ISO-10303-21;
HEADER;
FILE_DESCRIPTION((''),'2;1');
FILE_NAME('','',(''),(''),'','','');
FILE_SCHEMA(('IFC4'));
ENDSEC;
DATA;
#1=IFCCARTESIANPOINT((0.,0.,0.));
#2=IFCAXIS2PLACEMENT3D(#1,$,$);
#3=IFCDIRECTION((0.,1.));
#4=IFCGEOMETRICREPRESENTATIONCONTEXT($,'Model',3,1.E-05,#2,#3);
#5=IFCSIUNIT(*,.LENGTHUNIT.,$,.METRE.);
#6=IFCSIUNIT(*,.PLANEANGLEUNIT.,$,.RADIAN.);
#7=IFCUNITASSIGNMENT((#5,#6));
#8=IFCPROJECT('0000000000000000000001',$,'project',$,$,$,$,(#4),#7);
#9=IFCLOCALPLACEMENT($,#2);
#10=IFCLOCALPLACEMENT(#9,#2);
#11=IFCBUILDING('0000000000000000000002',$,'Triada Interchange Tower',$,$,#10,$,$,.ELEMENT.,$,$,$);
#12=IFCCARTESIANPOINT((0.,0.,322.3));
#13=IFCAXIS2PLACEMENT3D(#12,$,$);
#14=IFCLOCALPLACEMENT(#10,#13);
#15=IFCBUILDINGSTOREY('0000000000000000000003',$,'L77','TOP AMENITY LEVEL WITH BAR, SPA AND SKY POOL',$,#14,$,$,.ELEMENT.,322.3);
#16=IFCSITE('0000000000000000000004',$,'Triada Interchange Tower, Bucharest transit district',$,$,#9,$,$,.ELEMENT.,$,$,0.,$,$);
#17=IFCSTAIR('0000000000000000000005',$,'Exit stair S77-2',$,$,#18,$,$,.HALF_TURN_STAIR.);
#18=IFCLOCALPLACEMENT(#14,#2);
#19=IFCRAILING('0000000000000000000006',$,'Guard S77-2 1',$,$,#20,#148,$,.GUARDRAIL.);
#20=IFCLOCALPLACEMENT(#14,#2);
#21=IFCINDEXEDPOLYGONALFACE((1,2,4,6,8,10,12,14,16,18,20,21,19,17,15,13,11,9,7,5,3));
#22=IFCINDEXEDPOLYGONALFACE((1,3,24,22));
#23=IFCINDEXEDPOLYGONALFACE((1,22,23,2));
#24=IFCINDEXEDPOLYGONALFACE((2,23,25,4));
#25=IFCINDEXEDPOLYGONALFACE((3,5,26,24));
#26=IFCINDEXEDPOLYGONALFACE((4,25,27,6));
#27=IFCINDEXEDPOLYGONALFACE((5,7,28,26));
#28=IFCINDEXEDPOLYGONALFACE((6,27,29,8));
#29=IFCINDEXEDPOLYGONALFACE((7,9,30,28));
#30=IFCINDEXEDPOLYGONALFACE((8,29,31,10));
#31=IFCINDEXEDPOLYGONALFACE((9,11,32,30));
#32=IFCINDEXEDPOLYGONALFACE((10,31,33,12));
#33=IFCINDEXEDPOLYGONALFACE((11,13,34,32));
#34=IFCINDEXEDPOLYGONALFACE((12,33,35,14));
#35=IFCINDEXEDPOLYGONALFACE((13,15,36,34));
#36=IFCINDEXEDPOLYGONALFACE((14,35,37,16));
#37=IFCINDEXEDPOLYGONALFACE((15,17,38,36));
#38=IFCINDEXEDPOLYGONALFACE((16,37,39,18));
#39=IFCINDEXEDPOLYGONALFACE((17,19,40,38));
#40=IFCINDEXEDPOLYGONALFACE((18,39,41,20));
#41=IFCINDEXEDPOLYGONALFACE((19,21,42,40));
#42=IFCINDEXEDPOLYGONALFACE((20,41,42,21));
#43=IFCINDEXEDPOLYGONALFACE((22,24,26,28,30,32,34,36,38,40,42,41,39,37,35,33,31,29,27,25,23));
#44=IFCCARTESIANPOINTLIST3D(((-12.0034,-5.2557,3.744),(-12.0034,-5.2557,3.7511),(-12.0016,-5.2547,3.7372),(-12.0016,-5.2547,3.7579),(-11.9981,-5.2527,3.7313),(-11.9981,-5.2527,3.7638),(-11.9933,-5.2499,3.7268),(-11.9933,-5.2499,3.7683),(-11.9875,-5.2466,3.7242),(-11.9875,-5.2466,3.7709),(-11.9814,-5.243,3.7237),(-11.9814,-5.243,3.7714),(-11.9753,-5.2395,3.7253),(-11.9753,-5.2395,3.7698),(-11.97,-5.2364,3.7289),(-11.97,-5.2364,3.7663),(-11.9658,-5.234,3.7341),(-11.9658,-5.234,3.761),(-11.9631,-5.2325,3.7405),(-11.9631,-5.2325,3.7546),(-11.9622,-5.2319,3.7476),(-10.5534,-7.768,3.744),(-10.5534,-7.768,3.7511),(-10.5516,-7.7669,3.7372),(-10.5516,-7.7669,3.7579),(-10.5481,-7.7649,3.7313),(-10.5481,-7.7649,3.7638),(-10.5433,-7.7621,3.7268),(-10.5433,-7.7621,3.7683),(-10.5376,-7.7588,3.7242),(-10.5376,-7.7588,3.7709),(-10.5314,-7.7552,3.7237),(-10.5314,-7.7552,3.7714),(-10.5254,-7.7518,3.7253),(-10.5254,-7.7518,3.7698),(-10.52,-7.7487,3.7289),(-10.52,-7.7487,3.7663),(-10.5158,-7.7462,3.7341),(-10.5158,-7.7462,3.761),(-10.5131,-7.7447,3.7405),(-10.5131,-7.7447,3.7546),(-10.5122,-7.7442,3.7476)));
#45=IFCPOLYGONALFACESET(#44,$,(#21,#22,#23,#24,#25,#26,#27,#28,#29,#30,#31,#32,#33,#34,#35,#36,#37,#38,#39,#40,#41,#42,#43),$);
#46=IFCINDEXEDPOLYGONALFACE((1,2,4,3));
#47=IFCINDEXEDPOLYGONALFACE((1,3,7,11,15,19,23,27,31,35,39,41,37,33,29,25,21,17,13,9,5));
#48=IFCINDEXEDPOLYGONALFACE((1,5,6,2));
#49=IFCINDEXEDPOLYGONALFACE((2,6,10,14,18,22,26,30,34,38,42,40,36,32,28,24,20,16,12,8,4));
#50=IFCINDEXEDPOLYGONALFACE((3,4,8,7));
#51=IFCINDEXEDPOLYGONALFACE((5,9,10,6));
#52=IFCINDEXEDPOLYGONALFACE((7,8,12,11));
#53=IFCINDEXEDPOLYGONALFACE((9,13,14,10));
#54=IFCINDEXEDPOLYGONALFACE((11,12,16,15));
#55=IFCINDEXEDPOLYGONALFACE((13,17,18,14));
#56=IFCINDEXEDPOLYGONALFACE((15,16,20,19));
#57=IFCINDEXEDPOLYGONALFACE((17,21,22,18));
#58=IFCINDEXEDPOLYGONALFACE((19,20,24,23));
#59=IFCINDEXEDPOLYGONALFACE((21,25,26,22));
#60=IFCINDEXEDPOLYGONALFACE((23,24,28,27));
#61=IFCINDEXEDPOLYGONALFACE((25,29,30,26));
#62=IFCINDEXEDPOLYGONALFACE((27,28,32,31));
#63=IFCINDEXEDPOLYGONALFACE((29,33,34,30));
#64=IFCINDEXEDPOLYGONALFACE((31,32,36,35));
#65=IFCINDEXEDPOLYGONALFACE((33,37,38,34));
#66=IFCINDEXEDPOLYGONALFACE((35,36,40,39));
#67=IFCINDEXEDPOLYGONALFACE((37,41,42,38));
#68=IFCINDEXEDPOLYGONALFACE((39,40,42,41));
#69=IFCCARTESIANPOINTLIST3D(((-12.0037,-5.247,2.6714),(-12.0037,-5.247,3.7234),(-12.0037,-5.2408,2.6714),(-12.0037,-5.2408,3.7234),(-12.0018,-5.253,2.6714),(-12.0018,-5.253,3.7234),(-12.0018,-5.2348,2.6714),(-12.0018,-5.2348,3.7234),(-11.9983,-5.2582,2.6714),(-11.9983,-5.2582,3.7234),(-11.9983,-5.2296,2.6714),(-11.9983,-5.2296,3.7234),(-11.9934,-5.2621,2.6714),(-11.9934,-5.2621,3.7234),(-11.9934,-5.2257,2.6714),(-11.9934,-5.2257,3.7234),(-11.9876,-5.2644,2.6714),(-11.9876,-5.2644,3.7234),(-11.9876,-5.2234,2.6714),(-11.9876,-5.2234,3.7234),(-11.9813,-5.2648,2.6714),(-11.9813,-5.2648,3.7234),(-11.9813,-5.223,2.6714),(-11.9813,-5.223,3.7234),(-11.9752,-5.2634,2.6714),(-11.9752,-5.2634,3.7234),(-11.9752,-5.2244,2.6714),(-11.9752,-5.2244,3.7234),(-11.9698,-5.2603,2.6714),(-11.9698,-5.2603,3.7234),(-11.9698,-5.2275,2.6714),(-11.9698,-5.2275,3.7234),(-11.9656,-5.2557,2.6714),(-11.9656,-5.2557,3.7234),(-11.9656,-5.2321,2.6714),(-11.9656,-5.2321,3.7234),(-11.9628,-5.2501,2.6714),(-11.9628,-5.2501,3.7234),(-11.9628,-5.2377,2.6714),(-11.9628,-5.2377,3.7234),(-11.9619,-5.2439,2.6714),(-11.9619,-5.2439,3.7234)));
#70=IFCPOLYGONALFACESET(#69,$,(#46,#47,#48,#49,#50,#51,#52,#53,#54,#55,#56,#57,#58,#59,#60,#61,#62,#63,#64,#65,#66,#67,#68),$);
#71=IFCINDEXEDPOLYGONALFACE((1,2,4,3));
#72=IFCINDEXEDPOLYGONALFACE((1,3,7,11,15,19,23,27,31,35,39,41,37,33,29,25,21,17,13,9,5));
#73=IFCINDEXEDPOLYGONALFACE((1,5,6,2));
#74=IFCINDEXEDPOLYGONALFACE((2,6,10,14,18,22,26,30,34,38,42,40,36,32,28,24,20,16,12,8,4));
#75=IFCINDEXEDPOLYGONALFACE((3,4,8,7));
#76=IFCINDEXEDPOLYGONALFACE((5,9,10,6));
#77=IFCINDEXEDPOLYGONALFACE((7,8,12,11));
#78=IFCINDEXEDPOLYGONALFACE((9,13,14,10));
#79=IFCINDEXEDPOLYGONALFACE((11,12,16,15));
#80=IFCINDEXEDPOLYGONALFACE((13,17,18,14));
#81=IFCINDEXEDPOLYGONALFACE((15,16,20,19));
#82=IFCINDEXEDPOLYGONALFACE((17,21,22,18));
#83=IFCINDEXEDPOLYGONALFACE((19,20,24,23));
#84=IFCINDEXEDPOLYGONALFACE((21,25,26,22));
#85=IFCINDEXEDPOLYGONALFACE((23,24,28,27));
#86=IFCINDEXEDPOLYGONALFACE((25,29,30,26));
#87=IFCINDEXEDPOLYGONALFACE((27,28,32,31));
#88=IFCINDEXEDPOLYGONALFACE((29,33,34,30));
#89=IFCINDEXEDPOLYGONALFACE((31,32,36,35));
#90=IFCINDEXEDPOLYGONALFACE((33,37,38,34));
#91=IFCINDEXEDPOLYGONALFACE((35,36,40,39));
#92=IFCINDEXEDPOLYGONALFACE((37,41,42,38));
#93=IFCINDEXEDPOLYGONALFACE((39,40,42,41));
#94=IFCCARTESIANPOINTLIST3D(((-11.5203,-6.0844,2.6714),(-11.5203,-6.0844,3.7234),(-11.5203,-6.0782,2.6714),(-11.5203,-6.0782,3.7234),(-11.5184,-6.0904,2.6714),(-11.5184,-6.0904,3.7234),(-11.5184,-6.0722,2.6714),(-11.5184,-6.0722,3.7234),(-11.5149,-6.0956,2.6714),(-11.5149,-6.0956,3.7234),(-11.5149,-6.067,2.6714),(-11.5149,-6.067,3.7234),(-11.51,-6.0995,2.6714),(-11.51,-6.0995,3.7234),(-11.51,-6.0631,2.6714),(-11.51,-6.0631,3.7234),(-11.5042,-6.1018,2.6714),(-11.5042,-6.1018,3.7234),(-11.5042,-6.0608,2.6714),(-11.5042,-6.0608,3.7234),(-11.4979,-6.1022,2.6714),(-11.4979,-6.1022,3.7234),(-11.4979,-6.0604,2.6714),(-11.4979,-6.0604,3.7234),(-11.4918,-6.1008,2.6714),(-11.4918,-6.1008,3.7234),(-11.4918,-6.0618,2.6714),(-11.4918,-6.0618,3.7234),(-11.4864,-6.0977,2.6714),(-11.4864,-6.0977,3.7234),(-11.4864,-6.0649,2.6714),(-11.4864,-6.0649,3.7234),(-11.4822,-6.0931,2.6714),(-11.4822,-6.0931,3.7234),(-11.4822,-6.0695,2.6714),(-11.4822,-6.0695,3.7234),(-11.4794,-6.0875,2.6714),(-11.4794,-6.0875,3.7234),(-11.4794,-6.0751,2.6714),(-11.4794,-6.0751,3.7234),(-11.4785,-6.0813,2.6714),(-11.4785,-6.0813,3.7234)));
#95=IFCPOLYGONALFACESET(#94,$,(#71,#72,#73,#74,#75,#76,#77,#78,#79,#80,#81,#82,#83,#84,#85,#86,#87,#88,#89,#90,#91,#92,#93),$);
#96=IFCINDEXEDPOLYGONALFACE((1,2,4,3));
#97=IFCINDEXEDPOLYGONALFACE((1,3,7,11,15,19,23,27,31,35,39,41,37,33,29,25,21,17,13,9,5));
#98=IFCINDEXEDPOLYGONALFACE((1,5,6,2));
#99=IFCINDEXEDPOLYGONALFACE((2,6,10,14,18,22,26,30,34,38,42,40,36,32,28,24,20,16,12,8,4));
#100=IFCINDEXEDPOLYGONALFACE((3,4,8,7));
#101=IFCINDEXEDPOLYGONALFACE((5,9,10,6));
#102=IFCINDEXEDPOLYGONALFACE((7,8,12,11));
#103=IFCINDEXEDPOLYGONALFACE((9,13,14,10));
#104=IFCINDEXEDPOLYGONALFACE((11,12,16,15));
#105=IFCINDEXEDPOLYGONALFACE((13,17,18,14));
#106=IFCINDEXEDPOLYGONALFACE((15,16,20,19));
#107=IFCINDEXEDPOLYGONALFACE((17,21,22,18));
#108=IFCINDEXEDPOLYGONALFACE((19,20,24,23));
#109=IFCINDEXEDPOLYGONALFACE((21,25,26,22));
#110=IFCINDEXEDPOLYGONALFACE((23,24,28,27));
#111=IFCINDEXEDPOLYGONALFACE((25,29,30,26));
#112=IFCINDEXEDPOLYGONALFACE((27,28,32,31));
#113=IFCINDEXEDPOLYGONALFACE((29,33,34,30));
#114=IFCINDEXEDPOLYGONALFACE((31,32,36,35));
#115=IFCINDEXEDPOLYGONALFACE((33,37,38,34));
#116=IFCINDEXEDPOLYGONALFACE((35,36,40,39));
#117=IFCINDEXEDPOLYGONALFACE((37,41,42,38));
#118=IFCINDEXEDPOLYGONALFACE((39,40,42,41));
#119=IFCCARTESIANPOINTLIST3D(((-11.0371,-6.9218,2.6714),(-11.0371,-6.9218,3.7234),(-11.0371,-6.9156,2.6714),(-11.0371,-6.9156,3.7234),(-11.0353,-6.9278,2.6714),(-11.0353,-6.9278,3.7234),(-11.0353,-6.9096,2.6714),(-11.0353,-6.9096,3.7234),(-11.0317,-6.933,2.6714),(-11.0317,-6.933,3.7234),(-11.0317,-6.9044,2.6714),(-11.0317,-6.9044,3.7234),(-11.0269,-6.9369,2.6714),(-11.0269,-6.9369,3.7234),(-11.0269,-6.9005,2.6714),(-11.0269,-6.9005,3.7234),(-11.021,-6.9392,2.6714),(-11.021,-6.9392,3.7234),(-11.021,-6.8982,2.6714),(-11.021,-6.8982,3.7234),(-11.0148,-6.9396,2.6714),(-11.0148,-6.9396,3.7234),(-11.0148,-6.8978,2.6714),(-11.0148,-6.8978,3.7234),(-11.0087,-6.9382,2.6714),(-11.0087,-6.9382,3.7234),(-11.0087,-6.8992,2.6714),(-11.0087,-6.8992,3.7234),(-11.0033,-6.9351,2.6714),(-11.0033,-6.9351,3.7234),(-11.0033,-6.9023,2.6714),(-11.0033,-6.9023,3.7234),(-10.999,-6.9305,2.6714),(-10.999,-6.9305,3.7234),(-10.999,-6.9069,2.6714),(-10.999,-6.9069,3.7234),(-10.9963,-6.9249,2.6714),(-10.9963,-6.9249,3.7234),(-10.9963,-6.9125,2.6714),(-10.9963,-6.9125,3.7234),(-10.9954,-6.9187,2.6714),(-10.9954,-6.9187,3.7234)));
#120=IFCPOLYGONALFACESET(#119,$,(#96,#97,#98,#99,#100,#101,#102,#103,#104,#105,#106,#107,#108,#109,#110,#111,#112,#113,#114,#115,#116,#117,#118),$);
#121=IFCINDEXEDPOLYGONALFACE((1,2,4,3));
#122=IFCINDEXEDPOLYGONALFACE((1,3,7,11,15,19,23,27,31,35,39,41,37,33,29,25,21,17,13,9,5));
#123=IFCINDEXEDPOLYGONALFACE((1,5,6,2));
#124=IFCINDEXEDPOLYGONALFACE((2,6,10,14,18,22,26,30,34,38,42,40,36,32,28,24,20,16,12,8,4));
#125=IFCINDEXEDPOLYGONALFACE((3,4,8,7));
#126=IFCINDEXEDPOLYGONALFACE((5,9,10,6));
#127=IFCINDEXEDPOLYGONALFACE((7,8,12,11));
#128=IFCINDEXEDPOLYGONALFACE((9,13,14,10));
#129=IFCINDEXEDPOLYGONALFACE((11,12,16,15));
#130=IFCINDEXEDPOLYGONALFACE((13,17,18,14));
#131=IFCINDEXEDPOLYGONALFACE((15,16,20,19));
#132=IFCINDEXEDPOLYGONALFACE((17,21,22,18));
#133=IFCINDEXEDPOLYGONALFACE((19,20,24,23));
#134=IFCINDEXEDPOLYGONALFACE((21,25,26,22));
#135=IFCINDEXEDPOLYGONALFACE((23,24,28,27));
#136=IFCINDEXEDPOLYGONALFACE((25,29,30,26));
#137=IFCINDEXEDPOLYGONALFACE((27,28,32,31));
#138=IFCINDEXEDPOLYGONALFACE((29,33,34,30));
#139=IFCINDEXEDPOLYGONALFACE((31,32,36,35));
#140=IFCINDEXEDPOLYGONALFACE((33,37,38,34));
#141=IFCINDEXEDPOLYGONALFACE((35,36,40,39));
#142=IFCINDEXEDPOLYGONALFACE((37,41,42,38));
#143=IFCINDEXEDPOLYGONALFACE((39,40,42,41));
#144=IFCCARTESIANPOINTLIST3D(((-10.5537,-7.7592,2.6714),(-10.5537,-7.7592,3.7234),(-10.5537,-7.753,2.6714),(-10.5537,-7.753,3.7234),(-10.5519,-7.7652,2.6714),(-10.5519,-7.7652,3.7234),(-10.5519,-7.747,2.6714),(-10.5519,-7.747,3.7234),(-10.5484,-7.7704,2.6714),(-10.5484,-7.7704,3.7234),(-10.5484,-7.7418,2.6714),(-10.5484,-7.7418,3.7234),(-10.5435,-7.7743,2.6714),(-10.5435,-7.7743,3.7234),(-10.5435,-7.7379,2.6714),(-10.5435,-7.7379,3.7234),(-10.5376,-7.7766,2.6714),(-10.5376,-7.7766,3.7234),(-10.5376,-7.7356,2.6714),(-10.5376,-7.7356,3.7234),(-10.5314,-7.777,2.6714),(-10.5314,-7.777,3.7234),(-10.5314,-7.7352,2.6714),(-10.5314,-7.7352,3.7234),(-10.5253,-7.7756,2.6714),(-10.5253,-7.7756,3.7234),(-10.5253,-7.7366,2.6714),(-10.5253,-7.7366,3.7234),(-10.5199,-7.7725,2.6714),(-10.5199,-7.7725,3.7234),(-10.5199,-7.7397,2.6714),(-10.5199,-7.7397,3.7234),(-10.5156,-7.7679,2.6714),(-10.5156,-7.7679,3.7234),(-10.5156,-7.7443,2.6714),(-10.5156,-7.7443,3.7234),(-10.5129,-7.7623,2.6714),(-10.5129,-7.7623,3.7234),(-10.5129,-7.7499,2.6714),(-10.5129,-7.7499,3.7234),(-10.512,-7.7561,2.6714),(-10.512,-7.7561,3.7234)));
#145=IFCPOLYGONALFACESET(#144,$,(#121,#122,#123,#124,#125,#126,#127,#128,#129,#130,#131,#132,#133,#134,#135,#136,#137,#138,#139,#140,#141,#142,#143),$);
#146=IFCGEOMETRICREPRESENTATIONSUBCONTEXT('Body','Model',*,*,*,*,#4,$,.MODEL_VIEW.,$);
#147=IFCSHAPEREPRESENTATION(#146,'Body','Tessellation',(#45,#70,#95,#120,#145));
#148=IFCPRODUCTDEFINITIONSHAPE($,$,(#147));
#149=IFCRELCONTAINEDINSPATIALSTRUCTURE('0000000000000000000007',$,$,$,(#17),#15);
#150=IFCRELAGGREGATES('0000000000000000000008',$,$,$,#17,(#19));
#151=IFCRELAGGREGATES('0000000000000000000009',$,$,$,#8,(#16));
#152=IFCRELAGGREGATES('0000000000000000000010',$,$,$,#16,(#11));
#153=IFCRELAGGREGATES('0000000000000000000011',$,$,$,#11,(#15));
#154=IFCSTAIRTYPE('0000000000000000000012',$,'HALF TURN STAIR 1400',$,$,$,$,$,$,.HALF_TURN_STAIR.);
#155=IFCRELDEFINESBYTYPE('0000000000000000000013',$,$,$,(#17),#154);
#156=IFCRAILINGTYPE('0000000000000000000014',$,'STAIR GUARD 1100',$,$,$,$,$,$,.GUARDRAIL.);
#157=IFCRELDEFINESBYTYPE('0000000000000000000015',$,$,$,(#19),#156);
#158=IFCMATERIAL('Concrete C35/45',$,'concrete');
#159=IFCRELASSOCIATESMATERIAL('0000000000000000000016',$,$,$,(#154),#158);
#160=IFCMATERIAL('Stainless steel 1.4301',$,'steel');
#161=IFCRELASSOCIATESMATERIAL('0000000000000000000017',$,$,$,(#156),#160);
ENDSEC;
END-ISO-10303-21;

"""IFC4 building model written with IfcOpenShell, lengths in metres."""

from ifc_helpers import new_model, si_unit, direction, frame, origin, origin_2d, place, context, subcontext, project, spatial, circle, extrude, material, type_object, element, aggregate, save


model = new_model("IFC4")

# Units and contexts
model_context = context("Model", 3, precision=1e-05, world=origin(), true_north=direction((0.0, 1.0)))
body_context = subcontext(model_context, "Body", "Model", "MODEL_VIEW")
ifc_project = project(units=[si_unit("LENGTHUNIT", "METRE"), si_unit("PLANEANGLEUNIT", "RADIAN")], contexts=[model_context])

# Site, building, storey
site_placement = place(None, origin())
site = spatial("IfcSite", under=ifc_project, at=site_placement, Name="Triada Interchange Tower, Bucharest transit district", CompositionType="ELEMENT", RefElevation=0.0)
building_placement = place(site_placement, origin())
building = spatial("IfcBuilding", under=site, at=building_placement, Name="Triada Interchange Tower", CompositionType="ELEMENT")
storey_placement = place(building_placement, frame((0.0, 0.0, 322.3)))
storey = spatial("IfcBuildingStorey", under=building, at=storey_placement, Name="L77", Description="TOP AMENITY LEVEL WITH BAR, SPA AND SKY POOL", CompositionType="ELEMENT", Elevation=322.3)

# Shared definitions
ifc_material_1 = material(Name="Concrete C35/45", Category="concrete")

# Stair, railing
stair_type = type_object("IfcStairType", Name="HALF TURN STAIR 1400", PredefinedType="HALF_TURN_STAIR", material=ifc_material_1)
stair_placement = place(storey_placement, origin())
stair = element("IfcStair", 1, at=stair_placement, inside=storey, type_object=stair_type, Name="Exit stair S77-2", PredefinedType="HALF_TURN_STAIR")
ifc_material_2 = material(Name="Stainless steel 1.4301", Category="steel")
railing_type_1 = type_object("IfcRailingType", Name="STAIR GUARD 1100", PredefinedType="GUARDRAIL", material=ifc_material_2)
railing_1_placement = place(storey_placement, frame((-11.9829, -5.2439, 2.6714)))
railing_1 = element("IfcRailing", 2, at=railing_1_placement, type_object=railing_type_1, Name="Guard S77-2 1", PredefinedType="GUARDRAIL", context=body_context, shape_type="SweptSolid", body=[
    extrude(circle(Radius=0.0239, at=origin_2d()), frame((0.0, 0.0, 1.0762), z_axis=(0.499878, -0.866096, 0.0), x_axis=(0.866096, 0.499878, 0.0)), (0.0, 0.0, 1.0), 2.9006),
    extrude(circle(Radius=0.021, at=origin_2d()), origin(), (0.0, 0.0, 1.0), 1.052),
    extrude(circle(Radius=0.021, at=origin_2d()), frame((0.4834, -0.8374, 0.0)), (0.0, 0.0, 1.0), 1.052),
    extrude(circle(Radius=0.021, at=origin_2d()), frame((0.9666, -1.6748, 0.0)), (0.0, 0.0, 1.0), 1.052),
    extrude(circle(Radius=0.021, at=origin_2d()), frame((1.45, -2.5122, 0.0)), (0.0, 0.0, 1.0), 1.052),
])
aggregate(stair, [railing_1])

save(model, "model.ifc")
